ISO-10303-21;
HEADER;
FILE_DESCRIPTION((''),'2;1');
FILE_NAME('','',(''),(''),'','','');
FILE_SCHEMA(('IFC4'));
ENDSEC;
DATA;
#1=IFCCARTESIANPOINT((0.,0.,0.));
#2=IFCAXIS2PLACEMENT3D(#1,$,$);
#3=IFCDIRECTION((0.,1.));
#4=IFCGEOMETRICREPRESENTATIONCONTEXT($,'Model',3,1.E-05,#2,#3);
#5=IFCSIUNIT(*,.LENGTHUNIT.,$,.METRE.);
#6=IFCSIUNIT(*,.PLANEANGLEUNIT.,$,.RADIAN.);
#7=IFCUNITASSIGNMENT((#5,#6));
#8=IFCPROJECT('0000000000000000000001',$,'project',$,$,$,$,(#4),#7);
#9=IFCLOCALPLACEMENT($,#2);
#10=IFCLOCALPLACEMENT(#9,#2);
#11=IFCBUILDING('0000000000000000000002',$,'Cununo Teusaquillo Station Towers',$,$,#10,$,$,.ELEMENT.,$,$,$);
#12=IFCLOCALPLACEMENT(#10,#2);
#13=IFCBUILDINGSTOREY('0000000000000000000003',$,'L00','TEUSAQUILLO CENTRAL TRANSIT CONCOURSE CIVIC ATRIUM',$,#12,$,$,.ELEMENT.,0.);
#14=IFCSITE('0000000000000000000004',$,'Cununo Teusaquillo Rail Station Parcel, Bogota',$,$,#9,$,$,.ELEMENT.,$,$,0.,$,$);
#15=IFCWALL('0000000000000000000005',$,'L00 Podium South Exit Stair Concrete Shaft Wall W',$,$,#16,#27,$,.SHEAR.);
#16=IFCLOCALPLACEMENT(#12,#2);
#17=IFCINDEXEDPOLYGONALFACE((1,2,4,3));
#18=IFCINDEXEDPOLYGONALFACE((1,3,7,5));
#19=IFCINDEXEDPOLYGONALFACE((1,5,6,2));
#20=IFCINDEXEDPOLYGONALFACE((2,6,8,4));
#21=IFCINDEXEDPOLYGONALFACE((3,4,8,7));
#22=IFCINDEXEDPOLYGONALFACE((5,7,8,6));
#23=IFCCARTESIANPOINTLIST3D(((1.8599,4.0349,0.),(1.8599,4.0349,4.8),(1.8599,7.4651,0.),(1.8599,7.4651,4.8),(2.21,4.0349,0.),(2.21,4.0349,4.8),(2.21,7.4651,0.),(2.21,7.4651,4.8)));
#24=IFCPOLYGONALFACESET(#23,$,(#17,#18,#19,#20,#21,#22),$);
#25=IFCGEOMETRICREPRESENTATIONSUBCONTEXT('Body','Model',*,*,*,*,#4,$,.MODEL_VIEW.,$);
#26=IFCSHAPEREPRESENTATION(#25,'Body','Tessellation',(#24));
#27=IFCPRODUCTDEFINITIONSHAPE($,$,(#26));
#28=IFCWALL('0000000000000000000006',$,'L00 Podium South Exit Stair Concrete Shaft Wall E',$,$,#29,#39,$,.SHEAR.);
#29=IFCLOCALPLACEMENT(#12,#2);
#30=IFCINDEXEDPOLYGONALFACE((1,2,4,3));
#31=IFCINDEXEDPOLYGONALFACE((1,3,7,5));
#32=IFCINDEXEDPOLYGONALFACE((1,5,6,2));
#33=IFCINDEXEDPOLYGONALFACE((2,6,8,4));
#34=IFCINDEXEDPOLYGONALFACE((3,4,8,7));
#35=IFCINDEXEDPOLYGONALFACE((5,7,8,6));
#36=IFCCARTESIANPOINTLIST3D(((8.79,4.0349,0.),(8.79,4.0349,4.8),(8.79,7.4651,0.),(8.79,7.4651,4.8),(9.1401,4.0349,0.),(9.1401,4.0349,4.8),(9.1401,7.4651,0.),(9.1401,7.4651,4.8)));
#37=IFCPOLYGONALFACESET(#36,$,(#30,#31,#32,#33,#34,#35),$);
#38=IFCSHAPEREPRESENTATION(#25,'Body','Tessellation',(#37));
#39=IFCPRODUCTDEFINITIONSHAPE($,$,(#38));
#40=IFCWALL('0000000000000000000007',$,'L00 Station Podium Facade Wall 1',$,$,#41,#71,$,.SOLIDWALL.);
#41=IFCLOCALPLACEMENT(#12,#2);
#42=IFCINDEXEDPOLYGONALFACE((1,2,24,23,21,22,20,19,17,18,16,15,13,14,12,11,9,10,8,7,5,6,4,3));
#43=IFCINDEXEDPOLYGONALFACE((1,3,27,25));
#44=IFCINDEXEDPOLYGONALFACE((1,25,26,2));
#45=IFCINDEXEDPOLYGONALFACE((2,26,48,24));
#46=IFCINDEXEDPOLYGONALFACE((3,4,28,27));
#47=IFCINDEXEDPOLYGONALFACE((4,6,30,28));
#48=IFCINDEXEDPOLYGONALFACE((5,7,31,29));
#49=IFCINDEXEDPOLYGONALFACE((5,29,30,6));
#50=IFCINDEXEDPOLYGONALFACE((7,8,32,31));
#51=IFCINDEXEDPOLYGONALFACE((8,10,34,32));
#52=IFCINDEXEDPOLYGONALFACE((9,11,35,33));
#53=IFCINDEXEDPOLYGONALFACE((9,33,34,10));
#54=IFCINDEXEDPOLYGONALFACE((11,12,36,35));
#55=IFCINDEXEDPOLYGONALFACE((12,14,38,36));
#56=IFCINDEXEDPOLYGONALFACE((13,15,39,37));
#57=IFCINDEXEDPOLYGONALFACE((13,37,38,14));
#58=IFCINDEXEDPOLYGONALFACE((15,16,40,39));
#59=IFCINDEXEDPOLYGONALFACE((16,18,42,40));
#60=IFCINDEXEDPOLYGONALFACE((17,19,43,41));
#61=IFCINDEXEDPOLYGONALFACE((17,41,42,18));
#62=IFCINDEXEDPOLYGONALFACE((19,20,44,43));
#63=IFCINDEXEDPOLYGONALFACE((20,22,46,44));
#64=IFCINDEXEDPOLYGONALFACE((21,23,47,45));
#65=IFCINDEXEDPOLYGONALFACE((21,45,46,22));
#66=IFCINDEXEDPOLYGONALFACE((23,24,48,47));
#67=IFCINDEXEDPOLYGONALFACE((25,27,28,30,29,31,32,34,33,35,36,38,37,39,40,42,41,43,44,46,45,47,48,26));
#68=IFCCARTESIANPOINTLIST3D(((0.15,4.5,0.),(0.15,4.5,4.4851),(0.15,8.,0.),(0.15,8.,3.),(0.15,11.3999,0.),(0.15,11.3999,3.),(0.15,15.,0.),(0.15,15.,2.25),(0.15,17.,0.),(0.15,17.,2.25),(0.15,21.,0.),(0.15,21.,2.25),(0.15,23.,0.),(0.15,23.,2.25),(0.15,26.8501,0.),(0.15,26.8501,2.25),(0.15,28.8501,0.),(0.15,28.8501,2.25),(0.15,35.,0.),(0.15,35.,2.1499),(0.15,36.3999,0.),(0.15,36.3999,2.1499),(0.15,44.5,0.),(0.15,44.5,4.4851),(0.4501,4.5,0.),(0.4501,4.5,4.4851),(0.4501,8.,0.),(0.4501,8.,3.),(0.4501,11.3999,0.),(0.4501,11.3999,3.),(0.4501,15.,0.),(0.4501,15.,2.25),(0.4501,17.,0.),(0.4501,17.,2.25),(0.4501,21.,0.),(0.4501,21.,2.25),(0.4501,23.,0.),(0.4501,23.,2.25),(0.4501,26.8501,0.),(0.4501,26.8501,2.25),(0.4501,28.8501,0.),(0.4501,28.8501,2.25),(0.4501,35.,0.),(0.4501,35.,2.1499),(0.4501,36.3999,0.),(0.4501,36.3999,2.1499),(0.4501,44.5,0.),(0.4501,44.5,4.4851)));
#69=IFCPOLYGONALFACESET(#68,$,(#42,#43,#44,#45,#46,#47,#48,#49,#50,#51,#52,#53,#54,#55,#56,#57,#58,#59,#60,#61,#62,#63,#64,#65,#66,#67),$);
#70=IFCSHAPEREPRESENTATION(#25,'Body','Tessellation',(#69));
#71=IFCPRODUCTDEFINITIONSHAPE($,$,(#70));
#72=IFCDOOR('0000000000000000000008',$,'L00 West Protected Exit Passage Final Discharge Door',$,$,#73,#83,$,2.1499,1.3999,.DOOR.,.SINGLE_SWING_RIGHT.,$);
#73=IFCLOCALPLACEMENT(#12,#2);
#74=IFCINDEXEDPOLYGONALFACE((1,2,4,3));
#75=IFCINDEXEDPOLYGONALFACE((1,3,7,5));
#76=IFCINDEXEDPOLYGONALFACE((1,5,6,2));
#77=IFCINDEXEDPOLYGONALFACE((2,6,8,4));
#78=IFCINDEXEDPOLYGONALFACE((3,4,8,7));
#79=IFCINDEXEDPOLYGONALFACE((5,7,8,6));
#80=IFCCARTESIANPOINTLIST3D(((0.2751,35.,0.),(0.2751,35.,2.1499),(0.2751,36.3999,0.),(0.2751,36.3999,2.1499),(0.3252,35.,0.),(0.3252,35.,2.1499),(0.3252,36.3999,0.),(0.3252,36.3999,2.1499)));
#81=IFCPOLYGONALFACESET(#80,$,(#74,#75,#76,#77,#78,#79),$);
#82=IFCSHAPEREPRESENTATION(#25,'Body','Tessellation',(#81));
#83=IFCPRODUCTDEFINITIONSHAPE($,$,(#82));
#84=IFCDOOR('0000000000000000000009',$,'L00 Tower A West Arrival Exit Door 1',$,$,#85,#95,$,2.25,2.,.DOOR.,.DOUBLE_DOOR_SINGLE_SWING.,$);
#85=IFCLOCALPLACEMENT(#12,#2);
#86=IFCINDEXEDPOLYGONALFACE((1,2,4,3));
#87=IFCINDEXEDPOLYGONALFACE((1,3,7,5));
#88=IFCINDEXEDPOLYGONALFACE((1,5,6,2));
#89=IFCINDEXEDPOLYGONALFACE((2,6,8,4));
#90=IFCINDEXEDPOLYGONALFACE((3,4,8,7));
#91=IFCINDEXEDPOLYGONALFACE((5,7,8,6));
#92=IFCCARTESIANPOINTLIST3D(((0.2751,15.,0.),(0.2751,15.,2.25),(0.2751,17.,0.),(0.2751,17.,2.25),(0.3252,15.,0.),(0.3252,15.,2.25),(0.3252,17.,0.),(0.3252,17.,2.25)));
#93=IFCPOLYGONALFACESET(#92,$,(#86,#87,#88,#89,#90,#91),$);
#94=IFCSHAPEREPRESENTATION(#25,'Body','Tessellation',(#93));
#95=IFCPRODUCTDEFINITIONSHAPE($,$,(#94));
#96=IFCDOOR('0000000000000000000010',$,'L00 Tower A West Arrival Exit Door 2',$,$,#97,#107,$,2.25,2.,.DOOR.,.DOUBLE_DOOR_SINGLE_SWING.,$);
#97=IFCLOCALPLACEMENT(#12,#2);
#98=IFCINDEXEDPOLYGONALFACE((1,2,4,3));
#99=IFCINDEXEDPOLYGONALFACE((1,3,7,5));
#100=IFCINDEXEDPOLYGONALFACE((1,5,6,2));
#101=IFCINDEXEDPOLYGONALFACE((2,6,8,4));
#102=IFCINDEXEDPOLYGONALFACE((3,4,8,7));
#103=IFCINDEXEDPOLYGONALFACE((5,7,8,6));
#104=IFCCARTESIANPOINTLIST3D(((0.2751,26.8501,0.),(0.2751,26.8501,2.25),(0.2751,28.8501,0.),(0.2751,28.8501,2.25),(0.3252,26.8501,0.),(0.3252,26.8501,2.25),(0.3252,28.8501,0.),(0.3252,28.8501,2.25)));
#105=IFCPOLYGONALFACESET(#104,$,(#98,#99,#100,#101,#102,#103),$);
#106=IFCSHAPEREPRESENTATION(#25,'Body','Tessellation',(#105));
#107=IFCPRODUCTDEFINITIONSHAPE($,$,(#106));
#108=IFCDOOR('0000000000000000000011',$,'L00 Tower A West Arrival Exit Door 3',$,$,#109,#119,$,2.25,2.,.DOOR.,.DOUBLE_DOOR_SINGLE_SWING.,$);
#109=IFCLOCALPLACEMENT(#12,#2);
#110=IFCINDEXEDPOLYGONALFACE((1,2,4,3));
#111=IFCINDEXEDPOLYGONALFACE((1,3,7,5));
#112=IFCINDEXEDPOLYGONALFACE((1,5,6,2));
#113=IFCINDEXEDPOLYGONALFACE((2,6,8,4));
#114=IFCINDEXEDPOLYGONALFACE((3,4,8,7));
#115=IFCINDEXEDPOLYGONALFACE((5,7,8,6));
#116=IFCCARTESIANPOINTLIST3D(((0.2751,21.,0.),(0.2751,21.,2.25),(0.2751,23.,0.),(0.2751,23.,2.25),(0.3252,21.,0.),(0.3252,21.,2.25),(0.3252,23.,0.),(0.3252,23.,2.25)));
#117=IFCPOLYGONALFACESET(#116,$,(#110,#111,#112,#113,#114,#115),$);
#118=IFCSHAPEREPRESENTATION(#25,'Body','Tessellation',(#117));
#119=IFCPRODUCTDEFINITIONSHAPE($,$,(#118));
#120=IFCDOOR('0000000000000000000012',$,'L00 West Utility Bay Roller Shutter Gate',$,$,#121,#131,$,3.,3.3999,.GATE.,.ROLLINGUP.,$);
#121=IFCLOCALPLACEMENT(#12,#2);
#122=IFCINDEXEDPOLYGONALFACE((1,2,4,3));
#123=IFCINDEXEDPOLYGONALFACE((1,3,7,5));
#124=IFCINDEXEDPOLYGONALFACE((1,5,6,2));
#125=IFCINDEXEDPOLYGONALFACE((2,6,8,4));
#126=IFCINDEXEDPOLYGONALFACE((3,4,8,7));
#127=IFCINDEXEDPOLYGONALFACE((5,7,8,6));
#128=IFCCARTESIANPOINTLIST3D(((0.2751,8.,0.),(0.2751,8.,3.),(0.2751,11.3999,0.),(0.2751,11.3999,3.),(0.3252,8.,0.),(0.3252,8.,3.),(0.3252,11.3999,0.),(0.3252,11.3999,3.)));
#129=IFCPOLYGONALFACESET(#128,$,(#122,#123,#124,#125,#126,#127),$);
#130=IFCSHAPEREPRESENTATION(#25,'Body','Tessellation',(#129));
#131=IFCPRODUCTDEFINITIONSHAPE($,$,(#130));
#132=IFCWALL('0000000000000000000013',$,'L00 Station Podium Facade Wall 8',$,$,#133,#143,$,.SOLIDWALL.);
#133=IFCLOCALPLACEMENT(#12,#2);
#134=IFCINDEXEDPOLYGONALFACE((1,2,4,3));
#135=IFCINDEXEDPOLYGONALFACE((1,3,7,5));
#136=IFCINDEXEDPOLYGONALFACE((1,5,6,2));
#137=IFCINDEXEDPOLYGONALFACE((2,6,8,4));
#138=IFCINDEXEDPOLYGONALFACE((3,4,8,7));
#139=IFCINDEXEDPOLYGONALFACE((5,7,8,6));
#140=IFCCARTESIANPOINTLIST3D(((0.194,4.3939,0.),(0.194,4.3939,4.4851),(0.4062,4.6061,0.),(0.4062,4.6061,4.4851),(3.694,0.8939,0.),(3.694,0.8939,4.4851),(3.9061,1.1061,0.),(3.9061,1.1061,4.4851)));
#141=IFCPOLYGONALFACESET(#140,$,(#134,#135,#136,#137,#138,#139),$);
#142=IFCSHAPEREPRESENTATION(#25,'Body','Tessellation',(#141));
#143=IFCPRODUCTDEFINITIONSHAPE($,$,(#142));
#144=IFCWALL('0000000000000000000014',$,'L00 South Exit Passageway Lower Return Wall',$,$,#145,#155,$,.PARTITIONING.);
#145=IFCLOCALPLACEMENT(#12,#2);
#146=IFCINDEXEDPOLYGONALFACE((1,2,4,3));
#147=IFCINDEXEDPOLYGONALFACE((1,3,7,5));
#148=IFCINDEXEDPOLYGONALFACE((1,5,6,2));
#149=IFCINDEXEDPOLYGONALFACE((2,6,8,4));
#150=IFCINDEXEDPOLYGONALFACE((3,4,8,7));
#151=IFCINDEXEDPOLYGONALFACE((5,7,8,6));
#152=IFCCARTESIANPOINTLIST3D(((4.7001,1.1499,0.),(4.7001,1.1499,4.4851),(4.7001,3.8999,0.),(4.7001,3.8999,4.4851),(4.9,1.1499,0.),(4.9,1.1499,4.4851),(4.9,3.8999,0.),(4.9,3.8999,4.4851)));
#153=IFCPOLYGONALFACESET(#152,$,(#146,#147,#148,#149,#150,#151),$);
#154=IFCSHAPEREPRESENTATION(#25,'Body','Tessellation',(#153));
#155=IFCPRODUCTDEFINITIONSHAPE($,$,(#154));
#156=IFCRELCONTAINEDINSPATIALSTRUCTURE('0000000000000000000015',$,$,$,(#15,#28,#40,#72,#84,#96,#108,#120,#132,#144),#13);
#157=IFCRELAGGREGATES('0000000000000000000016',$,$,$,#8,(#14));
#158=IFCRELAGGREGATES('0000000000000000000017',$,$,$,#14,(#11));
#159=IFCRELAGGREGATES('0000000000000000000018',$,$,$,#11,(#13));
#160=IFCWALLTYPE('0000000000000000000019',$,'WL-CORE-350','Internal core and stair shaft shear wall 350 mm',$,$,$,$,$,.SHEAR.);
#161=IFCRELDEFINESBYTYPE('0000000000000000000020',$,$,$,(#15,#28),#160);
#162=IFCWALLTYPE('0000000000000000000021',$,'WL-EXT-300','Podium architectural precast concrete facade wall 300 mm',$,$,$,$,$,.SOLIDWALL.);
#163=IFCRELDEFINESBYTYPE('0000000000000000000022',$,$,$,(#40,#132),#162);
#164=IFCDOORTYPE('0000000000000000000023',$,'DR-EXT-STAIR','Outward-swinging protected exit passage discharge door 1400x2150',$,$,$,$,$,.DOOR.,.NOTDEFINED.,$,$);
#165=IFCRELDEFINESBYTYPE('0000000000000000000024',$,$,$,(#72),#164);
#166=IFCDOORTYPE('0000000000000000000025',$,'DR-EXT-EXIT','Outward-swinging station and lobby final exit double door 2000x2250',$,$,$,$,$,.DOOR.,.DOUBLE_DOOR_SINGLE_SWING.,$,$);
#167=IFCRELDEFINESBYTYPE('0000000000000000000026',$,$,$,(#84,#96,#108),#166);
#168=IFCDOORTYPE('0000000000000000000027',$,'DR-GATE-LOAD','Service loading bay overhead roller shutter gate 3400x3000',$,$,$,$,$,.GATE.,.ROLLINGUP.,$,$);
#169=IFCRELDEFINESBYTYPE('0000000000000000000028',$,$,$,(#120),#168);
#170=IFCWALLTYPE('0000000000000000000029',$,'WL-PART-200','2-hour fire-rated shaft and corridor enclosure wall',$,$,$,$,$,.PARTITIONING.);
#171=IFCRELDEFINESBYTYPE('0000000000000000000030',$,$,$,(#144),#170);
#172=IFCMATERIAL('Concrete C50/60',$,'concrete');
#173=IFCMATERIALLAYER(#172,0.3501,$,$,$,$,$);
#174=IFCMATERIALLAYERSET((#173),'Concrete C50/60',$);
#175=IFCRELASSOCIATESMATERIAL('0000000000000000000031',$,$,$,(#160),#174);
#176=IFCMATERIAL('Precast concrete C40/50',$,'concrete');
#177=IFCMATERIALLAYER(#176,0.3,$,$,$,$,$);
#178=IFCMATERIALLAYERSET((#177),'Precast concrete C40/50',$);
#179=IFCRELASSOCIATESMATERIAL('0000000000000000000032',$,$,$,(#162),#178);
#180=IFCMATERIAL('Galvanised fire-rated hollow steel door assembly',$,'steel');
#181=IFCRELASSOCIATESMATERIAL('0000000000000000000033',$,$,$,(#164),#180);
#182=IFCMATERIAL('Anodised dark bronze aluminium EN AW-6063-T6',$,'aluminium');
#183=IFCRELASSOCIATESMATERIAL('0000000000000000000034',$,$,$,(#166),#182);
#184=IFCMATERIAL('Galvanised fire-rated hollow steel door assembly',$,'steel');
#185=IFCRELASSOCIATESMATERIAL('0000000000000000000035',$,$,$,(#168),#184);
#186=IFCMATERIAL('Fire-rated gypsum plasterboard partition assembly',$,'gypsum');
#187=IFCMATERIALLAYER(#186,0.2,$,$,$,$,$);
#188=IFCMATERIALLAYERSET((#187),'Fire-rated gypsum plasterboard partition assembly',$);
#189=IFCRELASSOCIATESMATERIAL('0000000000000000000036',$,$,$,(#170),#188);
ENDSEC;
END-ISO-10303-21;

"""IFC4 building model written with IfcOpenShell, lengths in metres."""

from ifc_helpers import new_model, si_unit, direction, frame, frame_2d, origin, place, context, subcontext, project, spatial, rectangle, extrude, source, transform, mapped, material, layer, layer_set, type_object, element, fill, save


model = new_model("IFC4")

# Units and contexts
model_context = context("Model", 3, precision=1e-05, world=origin(), true_north=direction((0.0, 1.0)))
body_context = subcontext(model_context, "Body", "Model", "MODEL_VIEW")
ifc_project = project(units=[si_unit("LENGTHUNIT", "METRE"), si_unit("PLANEANGLEUNIT", "RADIAN")], contexts=[model_context])

# Site, building, storey
site_placement = place(None, origin())
site = spatial("IfcSite", under=ifc_project, at=site_placement, Name="Cununo Teusaquillo Rail Station Parcel, Bogota", CompositionType="ELEMENT", RefElevation=0.0)
building_placement = place(site_placement, origin())
building = spatial("IfcBuilding", under=site, at=building_placement, Name="Cununo Teusaquillo Station Towers", CompositionType="ELEMENT")
storey_placement = place(building_placement, origin())
storey = spatial("IfcBuildingStorey", under=building, at=storey_placement, Name="L00", Description="TEUSAQUILLO CENTRAL TRANSIT CONCOURSE CIVIC ATRIUM", CompositionType="ELEMENT", Elevation=0.0)

# Walls
ifc_material_1 = material(Name="Concrete C50/60", Category="concrete")
ifc_layer_1 = layer(ifc_material_1, 0.3501)
ifc_layer_set_1 = layer_set([ifc_layer_1], Name="Concrete C50/60")
wall_type_1 = type_object("IfcWallType", Name="WL-CORE-350", Description="Internal core and stair shaft shear wall 350 mm", PredefinedType="SHEAR", material=ifc_layer_set_1)
for number, where, z_axis, x_axis, name in (
    (1, (2.0349, 4.0349, 0.0), (0.0, 0.0, 1.0), (0.0, 1.0, 0.0), "L00 Podium South Exit Stair Concrete Shaft Wall W"),
    (2, (8.9651, 4.0349, 0.0), (0.0, 0.0, 1.0), (0.0, 1.0, 0.0), "L00 Podium South Exit Stair Concrete Shaft Wall E"),
):
    element("IfcWall", number, at=place(storey_placement, frame(where, z_axis=z_axis, x_axis=x_axis)), inside=storey, type_object=wall_type_1, Name=name, PredefinedType="SHEAR", context=body_context, shape_type="SweptSolid", body=[
        extrude(rectangle(XDim=3.4302, YDim=0.3501, at=frame_2d((1.7151, 0.0))), origin(), (0.0, 0.0, 1.0), 4.8),
    ])

# Wall, openings, doors
ifc_material_2 = material(Name="Precast concrete C40/50", Category="concrete")
ifc_layer_2 = layer(ifc_material_2, 0.3)
ifc_layer_set_2 = layer_set([ifc_layer_2], Name="Precast concrete C40/50")
wall_type_2 = type_object("IfcWallType", Name="WL-EXT-300", Description="Podium architectural precast concrete facade wall 300 mm", PredefinedType="SOLIDWALL", material=ifc_layer_set_2)
wall_1_placement = place(storey_placement, frame((0.3, 4.5, 0.0), z_axis=(0.0, 0.0, 1.0), x_axis=(0.0, 1.0, 0.0)))
wall_1 = element("IfcWall", 3, at=wall_1_placement, inside=storey, type_object=wall_type_2, Name="L00 Station Podium Facade Wall 1", PredefinedType="SOLIDWALL", context=body_context, shape_type="SweptSolid", body=[
    extrude(rectangle(XDim=40.0, YDim=0.3, at=frame_2d((20.0, 0.0))), origin(), (0.0, 0.0, 1.0), 4.4851),
])
shared_shape_1 = source(origin(), body_context, "Body", "SweptSolid", [
    extrude(rectangle(XDim=1.3999, YDim=2.1499, at=frame_2d((0.7, 1.075))), frame((0.0, 0.1599, 0.0), z_axis=(0.0, -1.0, 0.0), x_axis=(1.0, 0.0, 0.0)), (0.0, 0.0, 1.0), 0.3201),
])
opening_1_placement = place(wall_1_placement, frame((30.5, 0.0, 0.0)))
opening_1 = element("IfcOpeningElement", 4, at=opening_1_placement, cuts=wall_1, PredefinedType="OPENING", context=body_context, shape_type="MappedRepresentation", body=[
    mapped(shared_shape_1, transform((0.0, 0.0, 0.0), x_axis=(1.0, 0.0, 0.0), y_axis=(0.0, 1.0, 0.0), z_axis=(0.0, 0.0, 1.0), scale=1.0)),
])
shared_shape_2 = source(origin(), body_context, "Body", "SweptSolid", [
    extrude(rectangle(XDim=2.0, YDim=2.25, at=frame_2d((1.0, 1.125))), frame((0.0, 0.1599, 0.0), z_axis=(0.0, -1.0, 0.0), x_axis=(1.0, 0.0, 0.0)), (0.0, 0.0, 1.0), 0.3201),
])
opening_2_placement = place(wall_1_placement, frame((10.5, 0.0, 0.0)))
opening_2 = element("IfcOpeningElement", 5, at=opening_2_placement, cuts=wall_1, PredefinedType="OPENING", context=body_context, shape_type="MappedRepresentation", body=[
    mapped(shared_shape_2, transform((0.0, 0.0, 0.0), x_axis=(1.0, 0.0, 0.0), y_axis=(0.0, 1.0, 0.0), z_axis=(0.0, 0.0, 1.0), scale=1.0)),
])
opening_3_placement = place(wall_1_placement, frame((22.3501, 0.0, 0.0)))
opening_3 = element("IfcOpeningElement", 6, at=opening_3_placement, cuts=wall_1, PredefinedType="OPENING", context=body_context, shape_type="MappedRepresentation", body=[
    mapped(shared_shape_2, transform((0.0, 0.0, 0.0), x_axis=(1.0, 0.0, 0.0), y_axis=(0.0, 1.0, 0.0), z_axis=(0.0, 0.0, 1.0), scale=1.0)),
])
opening_4_placement = place(wall_1_placement, frame((16.5, 0.0, 0.0)))
opening_4 = element("IfcOpeningElement", 7, at=opening_4_placement, cuts=wall_1, PredefinedType="OPENING", context=body_context, shape_type="MappedRepresentation", body=[
    mapped(shared_shape_2, transform((0.0, 0.0, 0.0), x_axis=(1.0, 0.0, 0.0), y_axis=(0.0, 1.0, 0.0), z_axis=(0.0, 0.0, 1.0), scale=1.0)),
])
shared_shape_3 = source(origin(), body_context, "Body", "SweptSolid", [
    extrude(rectangle(XDim=3.3999, YDim=3.0, at=frame_2d((1.7, 1.5))), frame((0.0, 0.1599, 0.0), z_axis=(0.0, -1.0, 0.0), x_axis=(1.0, 0.0, 0.0)), (0.0, 0.0, 1.0), 0.3201),
])
opening_5_placement = place(wall_1_placement, frame((3.5, 0.0, 0.0)))
opening_5 = element("IfcOpeningElement", 8, at=opening_5_placement, cuts=wall_1, PredefinedType="OPENING", context=body_context, shape_type="MappedRepresentation", body=[
    mapped(shared_shape_3, transform((0.0, 0.0, 0.0), x_axis=(1.0, 0.0, 0.0), y_axis=(0.0, 1.0, 0.0), z_axis=(0.0, 0.0, 1.0), scale=1.0)),
])
ifc_material_3 = material(Name="Galvanised fire-rated hollow steel door assembly", Category="steel")
door_type_1 = type_object("IfcDoorType", Name="DR-EXT-STAIR", Description="Outward-swinging protected exit passage discharge door 1400x2150", OperationType="NOTDEFINED", PredefinedType="DOOR", material=ifc_material_3)
shared_shape_4 = source(origin(), body_context, "Body", "SweptSolid", [
    extrude(rectangle(XDim=1.3999, YDim=2.1499, at=frame_2d((0.7, 1.075))), frame((0.0, 0.0249, 0.0), z_axis=(0.0, -1.0, 0.0), x_axis=(1.0, 0.0, 0.0)), (0.0, 0.0, 1.0), 0.05),
])
door_1_placement = place(opening_1_placement, origin())
door_1 = element("IfcDoor", 9, at=door_1_placement, inside=storey, type_object=door_type_1, Name="L00 West Protected Exit Passage Final Discharge Door", OperationType="SINGLE_SWING_RIGHT", OverallHeight=2.1499, OverallWidth=1.3999, PredefinedType="DOOR", context=body_context, shape_type="MappedRepresentation", body=[
    mapped(shared_shape_4, transform((0.0, 0.0, 0.0), x_axis=(1.0, 0.0, 0.0), y_axis=(0.0, 1.0, 0.0), z_axis=(0.0, 0.0, 1.0), scale=1.0)),
])
fill(opening_1, door_1)
ifc_material_4 = material(Name="Anodised dark bronze aluminium EN AW-6063-T6", Category="aluminium")
door_type_2 = type_object("IfcDoorType", Name="DR-EXT-EXIT", Description="Outward-swinging station and lobby final exit double door 2000x2250", OperationType="DOUBLE_DOOR_SINGLE_SWING", PredefinedType="DOOR", material=ifc_material_4)
shared_shape_5 = source(origin(), body_context, "Body", "SweptSolid", [
    extrude(rectangle(XDim=2.0, YDim=2.25, at=frame_2d((1.0, 1.125))), frame((0.0, 0.0249, 0.0), z_axis=(0.0, -1.0, 0.0), x_axis=(1.0, 0.0, 0.0)), (0.0, 0.0, 1.0), 0.05),
])
door_2_placement = place(opening_2_placement, origin())
door_2 = element("IfcDoor", 10, at=door_2_placement, inside=storey, type_object=door_type_2, Name="L00 Tower A West Arrival Exit Door 1", OperationType="DOUBLE_DOOR_SINGLE_SWING", OverallHeight=2.25, OverallWidth=2.0, PredefinedType="DOOR", context=body_context, shape_type="MappedRepresentation", body=[
    mapped(shared_shape_5, transform((0.0, 0.0, 0.0), x_axis=(1.0, 0.0, 0.0), y_axis=(0.0, 1.0, 0.0), z_axis=(0.0, 0.0, 1.0), scale=1.0)),
])
fill(opening_2, door_2)
door_3_placement = place(opening_3_placement, origin())
door_3 = element("IfcDoor", 11, at=door_3_placement, inside=storey, type_object=door_type_2, Name="L00 Tower A West Arrival Exit Door 2", OperationType="DOUBLE_DOOR_SINGLE_SWING", OverallHeight=2.25, OverallWidth=2.0, PredefinedType="DOOR", context=body_context, shape_type="MappedRepresentation", body=[
    mapped(shared_shape_5, transform((0.0, 0.0, 0.0), x_axis=(1.0, 0.0, 0.0), y_axis=(0.0, 1.0, 0.0), z_axis=(0.0, 0.0, 1.0), scale=1.0)),
])
fill(opening_3, door_3)
door_4_placement = place(opening_4_placement, origin())
door_4 = element("IfcDoor", 12, at=door_4_placement, inside=storey, type_object=door_type_2, Name="L00 Tower A West Arrival Exit Door 3", OperationType="DOUBLE_DOOR_SINGLE_SWING", OverallHeight=2.25, OverallWidth=2.0, PredefinedType="DOOR", context=body_context, shape_type="MappedRepresentation", body=[
    mapped(shared_shape_5, transform((0.0, 0.0, 0.0), x_axis=(1.0, 0.0, 0.0), y_axis=(0.0, 1.0, 0.0), z_axis=(0.0, 0.0, 1.0), scale=1.0)),
])
fill(opening_4, door_4)
ifc_material_5 = material(Name="Galvanised fire-rated hollow steel door assembly", Category="steel")
door_type_3 = type_object("IfcDoorType", Name="DR-GATE-LOAD", Description="Service loading bay overhead roller shutter gate 3400x3000", OperationType="ROLLINGUP", PredefinedType="GATE", material=ifc_material_5)
shared_shape_6 = source(origin(), body_context, "Body", "SweptSolid", [
    extrude(rectangle(XDim=3.3999, YDim=3.0, at=frame_2d((1.7, 1.5))), frame((0.0, 0.0249, 0.0), z_axis=(0.0, -1.0, 0.0), x_axis=(1.0, 0.0, 0.0)), (0.0, 0.0, 1.0), 0.05),
])
door_5_placement = place(opening_5_placement, origin())
door_5 = element("IfcDoor", 13, at=door_5_placement, inside=storey, type_object=door_type_3, Name="L00 West Utility Bay Roller Shutter Gate", OperationType="ROLLINGUP", OverallHeight=3.0, OverallWidth=3.3999, PredefinedType="GATE", context=body_context, shape_type="MappedRepresentation", body=[
    mapped(shared_shape_6, transform((0.0, 0.0, 0.0), x_axis=(1.0, 0.0, 0.0), y_axis=(0.0, 1.0, 0.0), z_axis=(0.0, 0.0, 1.0), scale=1.0)),
])
fill(opening_5, door_5)

# Walls
wall_2_placement = place(storey_placement, frame((3.8, 1.0, 0.0), z_axis=(0.0, 0.0, 1.0), x_axis=(-0.707107, 0.707107, 0.0)))
element("IfcWall", 14, at=wall_2_placement, inside=storey, type_object=wall_type_2, Name="L00 Station Podium Facade Wall 8", PredefinedType="SOLIDWALL", context=body_context, shape_type="SweptSolid", body=[
    extrude(rectangle(XDim=4.9497, YDim=0.3, at=frame_2d((2.4749, 0.0))), origin(), (0.0, 0.0, 1.0), 4.4851),
])
ifc_material_6 = material(Name="Fire-rated gypsum plasterboard partition assembly", Category="gypsum")
ifc_layer_3 = layer(ifc_material_6, 0.2)
ifc_layer_set_3 = layer_set([ifc_layer_3], Name="Fire-rated gypsum plasterboard partition assembly")
wall_type_3 = type_object("IfcWallType", Name="WL-PART-200", Description="2-hour fire-rated shaft and corridor enclosure wall", PredefinedType="PARTITIONING", material=ifc_layer_set_3)
wall_3_placement = place(storey_placement, frame((4.8, 1.1499, 0.0), z_axis=(0.0, 0.0, 1.0), x_axis=(0.0, 1.0, 0.0)))
element("IfcWall", 15, at=wall_3_placement, inside=storey, type_object=wall_type_3, Name="L00 South Exit Passageway Lower Return Wall", PredefinedType="PARTITIONING", context=body_context, shape_type="SweptSolid", body=[
    extrude(rectangle(XDim=2.75, YDim=0.2, at=frame_2d((1.375, 0.0))), origin(), (0.0, 0.0, 1.0), 4.4851),
])

save(model, "model.ifc")
